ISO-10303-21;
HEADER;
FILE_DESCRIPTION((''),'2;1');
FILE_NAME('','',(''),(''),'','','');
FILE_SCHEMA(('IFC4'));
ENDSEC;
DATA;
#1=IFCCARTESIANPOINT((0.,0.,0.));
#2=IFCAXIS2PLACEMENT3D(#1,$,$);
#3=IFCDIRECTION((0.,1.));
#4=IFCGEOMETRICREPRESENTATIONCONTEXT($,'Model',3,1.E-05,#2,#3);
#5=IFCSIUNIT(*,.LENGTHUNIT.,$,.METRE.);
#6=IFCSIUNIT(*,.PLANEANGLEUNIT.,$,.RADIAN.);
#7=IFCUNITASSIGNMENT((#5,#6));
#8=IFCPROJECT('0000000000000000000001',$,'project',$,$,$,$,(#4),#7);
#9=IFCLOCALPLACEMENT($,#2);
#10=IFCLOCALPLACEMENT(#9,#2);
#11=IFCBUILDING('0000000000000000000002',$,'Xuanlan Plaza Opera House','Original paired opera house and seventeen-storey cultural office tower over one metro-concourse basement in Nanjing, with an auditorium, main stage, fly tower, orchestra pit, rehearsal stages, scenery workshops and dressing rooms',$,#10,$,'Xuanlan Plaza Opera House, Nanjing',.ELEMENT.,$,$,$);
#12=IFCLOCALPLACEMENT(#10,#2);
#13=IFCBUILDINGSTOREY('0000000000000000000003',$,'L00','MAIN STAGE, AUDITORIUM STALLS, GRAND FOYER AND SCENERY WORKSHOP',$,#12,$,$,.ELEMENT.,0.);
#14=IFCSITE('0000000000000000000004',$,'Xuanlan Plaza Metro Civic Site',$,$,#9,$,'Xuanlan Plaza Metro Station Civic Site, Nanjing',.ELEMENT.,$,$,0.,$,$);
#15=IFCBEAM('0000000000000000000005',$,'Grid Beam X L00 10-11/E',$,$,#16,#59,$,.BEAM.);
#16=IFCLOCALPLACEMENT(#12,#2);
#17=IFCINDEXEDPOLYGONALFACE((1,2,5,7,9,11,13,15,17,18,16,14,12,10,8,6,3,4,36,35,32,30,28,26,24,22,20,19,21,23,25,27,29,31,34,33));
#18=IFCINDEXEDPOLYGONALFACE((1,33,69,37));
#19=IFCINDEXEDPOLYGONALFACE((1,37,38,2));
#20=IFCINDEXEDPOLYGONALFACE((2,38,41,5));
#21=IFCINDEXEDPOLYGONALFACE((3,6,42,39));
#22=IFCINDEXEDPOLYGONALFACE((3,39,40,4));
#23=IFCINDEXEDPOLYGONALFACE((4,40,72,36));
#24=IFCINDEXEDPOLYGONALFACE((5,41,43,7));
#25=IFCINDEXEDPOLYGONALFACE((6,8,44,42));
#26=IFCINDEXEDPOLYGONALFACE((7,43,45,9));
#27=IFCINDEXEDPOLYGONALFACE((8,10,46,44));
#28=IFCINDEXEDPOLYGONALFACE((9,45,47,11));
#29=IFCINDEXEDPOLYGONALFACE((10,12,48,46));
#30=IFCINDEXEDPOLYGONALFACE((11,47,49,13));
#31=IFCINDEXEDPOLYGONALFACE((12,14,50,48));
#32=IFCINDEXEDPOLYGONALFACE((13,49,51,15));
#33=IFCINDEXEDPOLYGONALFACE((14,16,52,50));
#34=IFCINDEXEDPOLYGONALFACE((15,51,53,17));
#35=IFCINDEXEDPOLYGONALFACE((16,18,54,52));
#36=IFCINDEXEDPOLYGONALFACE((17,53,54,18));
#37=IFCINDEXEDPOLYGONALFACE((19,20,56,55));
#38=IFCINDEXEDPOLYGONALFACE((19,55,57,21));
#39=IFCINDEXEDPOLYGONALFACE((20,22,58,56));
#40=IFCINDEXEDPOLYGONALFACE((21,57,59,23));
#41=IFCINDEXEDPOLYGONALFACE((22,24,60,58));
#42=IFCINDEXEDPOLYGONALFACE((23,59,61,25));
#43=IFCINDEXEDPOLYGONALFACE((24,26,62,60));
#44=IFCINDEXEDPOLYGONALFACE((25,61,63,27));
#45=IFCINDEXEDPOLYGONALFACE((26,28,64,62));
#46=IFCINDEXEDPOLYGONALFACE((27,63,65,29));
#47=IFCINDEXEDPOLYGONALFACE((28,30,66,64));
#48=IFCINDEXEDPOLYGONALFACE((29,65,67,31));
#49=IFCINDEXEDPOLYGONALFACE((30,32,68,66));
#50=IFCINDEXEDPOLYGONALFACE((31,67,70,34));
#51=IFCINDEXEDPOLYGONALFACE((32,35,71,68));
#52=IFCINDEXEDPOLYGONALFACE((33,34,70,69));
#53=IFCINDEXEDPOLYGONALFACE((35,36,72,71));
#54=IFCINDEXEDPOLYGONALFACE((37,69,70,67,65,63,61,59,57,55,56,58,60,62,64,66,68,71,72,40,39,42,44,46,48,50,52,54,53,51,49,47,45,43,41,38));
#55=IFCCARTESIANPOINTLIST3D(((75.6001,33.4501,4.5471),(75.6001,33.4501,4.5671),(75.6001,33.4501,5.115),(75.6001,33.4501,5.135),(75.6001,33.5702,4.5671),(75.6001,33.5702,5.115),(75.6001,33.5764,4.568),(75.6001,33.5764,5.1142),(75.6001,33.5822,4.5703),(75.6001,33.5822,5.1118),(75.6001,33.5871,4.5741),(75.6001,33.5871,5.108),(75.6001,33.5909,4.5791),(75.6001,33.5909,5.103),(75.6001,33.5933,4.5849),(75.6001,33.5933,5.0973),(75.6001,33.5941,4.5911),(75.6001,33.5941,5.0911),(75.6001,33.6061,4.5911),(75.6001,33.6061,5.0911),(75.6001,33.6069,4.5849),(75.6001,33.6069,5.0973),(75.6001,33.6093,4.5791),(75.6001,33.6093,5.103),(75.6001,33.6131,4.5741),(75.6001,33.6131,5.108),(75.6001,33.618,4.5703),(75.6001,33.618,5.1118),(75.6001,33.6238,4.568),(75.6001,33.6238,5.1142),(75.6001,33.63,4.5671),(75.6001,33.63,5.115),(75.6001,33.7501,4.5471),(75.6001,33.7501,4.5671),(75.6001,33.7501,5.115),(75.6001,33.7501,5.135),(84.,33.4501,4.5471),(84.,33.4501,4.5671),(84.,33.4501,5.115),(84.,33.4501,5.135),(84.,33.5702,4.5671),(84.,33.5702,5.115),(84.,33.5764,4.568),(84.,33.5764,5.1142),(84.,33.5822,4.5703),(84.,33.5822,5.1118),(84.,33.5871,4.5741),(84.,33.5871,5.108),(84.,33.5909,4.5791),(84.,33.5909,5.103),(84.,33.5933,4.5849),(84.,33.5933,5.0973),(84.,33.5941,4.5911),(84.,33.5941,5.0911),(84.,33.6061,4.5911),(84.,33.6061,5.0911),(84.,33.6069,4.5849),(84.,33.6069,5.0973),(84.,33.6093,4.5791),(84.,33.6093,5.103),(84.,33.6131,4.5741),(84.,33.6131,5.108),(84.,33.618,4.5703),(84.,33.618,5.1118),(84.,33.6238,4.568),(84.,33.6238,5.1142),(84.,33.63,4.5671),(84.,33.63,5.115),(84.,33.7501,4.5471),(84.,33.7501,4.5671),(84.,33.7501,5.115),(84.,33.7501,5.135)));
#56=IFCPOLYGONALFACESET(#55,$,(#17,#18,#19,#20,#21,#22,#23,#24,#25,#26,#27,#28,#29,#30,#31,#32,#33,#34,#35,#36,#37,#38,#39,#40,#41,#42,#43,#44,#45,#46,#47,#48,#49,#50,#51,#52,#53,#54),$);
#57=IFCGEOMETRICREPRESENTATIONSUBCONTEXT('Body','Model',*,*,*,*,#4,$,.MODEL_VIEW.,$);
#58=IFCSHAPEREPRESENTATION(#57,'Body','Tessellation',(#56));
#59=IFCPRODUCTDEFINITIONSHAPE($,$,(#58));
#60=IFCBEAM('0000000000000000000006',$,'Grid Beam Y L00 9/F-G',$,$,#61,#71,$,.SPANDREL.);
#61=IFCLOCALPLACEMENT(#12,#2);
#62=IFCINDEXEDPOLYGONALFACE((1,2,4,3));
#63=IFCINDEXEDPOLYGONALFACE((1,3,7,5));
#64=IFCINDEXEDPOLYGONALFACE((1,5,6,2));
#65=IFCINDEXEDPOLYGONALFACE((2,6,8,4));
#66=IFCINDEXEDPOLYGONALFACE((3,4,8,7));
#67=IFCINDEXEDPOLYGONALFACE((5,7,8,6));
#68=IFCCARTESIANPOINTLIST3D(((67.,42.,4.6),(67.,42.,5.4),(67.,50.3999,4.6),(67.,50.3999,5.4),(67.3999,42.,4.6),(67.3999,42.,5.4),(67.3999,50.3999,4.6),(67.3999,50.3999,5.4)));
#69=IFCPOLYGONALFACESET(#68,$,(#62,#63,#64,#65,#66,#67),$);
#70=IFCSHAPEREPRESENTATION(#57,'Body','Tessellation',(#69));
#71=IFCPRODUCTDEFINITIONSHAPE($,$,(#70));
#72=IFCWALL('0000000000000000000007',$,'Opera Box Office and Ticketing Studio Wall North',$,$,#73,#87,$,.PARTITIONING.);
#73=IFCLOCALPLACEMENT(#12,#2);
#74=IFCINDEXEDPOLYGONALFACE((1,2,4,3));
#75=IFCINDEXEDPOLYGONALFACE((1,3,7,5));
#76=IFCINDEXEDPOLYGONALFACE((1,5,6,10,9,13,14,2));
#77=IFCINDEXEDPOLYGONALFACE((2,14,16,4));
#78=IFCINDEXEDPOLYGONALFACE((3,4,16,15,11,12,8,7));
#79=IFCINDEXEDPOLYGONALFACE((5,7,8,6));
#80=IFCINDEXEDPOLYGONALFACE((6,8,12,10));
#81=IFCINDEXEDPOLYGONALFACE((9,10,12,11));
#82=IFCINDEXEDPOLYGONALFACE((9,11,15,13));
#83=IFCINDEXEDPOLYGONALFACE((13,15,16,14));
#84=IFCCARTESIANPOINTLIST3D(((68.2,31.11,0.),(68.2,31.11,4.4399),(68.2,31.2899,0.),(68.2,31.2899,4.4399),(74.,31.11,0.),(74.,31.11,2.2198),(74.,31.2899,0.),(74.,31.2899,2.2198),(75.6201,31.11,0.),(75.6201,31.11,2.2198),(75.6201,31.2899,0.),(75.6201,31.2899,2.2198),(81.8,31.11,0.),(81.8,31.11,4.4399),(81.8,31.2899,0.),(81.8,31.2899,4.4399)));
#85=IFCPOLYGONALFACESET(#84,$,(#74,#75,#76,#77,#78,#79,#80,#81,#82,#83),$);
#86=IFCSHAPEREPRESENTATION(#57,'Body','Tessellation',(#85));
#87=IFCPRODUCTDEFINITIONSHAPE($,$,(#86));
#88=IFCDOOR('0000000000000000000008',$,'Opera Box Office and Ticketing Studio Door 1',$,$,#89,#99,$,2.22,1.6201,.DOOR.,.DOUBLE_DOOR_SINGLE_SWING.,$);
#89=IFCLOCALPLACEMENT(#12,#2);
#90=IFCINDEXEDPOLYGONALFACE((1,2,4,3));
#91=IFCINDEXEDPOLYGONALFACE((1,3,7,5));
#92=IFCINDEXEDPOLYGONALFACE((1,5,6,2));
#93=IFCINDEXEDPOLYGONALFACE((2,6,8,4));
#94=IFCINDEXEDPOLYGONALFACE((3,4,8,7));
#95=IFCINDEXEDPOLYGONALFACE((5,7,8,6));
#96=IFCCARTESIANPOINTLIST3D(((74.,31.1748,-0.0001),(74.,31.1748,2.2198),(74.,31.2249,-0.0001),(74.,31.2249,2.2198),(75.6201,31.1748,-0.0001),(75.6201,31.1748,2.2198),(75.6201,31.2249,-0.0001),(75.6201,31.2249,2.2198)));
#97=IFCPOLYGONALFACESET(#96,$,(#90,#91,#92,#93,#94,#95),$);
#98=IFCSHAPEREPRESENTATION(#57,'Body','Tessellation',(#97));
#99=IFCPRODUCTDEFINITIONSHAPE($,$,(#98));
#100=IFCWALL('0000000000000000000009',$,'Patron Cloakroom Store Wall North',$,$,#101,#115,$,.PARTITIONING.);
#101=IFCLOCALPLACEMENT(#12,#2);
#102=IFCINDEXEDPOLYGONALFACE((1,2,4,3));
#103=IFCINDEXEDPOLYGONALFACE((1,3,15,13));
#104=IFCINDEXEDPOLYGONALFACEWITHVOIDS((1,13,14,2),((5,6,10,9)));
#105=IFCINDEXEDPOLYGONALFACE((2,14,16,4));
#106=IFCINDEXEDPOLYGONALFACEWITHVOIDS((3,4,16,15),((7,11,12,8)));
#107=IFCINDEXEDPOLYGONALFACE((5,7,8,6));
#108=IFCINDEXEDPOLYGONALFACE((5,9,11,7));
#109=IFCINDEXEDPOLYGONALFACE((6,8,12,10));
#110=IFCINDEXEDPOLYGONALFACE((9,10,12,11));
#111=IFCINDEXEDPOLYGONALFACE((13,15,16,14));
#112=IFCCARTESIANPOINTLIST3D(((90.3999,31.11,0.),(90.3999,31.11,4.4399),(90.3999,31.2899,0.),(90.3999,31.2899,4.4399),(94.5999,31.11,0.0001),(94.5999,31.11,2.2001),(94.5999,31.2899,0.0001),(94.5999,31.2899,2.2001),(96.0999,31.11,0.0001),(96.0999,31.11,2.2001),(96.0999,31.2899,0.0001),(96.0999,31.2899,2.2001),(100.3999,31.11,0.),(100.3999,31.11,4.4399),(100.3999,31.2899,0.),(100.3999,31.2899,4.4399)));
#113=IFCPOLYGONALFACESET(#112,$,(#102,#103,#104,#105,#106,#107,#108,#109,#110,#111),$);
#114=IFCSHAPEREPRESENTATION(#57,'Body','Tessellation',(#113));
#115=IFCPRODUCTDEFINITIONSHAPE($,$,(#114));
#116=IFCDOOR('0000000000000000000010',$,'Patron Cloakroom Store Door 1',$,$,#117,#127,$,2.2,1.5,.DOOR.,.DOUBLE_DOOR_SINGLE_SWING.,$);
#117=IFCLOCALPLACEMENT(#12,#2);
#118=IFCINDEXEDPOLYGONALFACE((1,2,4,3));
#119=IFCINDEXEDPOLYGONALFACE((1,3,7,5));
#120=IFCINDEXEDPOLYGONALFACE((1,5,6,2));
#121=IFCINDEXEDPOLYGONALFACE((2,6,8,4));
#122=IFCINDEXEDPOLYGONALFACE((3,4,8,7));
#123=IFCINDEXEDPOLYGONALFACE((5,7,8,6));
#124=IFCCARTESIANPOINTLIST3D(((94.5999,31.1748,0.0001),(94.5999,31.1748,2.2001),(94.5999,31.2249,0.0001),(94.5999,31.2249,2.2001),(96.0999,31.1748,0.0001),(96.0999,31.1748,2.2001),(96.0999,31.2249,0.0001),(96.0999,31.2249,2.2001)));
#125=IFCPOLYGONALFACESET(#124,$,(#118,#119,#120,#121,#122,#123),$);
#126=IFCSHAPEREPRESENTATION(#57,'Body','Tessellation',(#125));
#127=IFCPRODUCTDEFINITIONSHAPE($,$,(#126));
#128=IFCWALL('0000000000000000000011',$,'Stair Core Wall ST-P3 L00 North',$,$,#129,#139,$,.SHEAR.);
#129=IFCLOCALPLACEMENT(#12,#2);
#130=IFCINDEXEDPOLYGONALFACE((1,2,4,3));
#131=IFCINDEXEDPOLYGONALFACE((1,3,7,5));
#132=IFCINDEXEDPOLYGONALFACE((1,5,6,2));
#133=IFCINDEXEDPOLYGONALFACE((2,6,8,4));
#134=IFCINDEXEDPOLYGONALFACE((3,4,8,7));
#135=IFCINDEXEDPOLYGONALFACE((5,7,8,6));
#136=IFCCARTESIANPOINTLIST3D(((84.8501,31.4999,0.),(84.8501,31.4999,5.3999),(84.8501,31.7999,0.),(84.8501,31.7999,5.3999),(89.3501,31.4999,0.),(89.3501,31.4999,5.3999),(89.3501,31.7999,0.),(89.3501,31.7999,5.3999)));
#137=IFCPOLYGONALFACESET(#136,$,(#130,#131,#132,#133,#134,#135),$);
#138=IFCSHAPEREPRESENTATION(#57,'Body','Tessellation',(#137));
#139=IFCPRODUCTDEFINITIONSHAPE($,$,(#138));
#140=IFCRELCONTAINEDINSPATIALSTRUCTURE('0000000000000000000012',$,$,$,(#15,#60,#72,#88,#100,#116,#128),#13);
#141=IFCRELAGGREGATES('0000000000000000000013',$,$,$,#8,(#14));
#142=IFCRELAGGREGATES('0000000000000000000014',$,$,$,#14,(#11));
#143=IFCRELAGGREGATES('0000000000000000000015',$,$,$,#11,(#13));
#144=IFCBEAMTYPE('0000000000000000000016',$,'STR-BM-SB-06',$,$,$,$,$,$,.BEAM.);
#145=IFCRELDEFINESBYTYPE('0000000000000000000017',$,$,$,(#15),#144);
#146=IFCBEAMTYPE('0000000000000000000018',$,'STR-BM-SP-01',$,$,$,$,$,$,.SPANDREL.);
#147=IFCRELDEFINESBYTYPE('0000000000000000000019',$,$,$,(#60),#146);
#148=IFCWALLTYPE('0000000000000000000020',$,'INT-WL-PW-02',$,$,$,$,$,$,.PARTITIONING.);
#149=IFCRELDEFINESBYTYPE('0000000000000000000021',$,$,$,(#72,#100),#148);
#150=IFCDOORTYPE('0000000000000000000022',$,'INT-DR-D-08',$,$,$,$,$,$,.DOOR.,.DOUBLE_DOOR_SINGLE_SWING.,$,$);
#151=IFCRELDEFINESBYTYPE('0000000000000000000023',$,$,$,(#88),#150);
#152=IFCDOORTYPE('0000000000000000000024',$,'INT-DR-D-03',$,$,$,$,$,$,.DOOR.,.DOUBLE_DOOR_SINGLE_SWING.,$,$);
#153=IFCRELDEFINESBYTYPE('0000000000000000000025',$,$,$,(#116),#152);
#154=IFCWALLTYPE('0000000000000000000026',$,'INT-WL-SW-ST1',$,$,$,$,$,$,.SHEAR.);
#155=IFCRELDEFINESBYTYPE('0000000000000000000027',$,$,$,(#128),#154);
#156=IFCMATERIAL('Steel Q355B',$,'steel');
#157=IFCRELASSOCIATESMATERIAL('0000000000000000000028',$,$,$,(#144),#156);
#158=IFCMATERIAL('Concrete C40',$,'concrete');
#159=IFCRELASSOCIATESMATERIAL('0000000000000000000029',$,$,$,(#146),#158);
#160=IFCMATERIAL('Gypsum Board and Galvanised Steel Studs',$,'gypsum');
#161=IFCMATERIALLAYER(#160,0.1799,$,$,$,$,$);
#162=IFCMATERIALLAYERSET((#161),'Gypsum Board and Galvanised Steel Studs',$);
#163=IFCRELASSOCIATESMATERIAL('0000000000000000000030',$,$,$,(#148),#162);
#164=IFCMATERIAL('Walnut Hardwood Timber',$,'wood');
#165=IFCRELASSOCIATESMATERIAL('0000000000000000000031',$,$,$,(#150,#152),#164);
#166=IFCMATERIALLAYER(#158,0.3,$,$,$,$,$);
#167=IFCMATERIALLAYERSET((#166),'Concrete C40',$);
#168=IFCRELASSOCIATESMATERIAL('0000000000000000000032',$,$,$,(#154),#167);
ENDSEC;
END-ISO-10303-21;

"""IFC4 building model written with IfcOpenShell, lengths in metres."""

from ifc_helpers import new_model, si_unit, direction, frame, frame_2d, origin, origin_2d, place, context, subcontext, project, spatial, rectangle, i_section, extrude, material, layer, layer_set, material_profile, profile_set, type_object, element, fill, save


model = new_model("IFC4")

# Units and contexts
model_context = context("Model", 3, precision=1e-05, world=origin(), true_north=direction((0.0, 1.0)))
body_context = subcontext(model_context, "Body", "Model", "MODEL_VIEW")
ifc_project = project(units=[si_unit("LENGTHUNIT", "METRE"), si_unit("PLANEANGLEUNIT", "RADIAN")], contexts=[model_context])

# Site, building, storey
site_placement = place(None, origin())
site = spatial("IfcSite", under=ifc_project, at=site_placement, Name="Xuanlan Plaza Metro Civic Site", LongName="Xuanlan Plaza Metro Station Civic Site, Nanjing", CompositionType="ELEMENT", RefElevation=0.0)
building_placement = place(site_placement, origin())
building = spatial("IfcBuilding", under=site, at=building_placement, Name="Xuanlan Plaza Opera House", Description="Original paired opera house and seventeen-storey cultural office tower over one metro-concourse basement in Nanjing, with an auditorium, main stage, fly tower, orchestra pit, rehearsal stages, scenery workshops and dressing rooms", LongName="Xuanlan Plaza Opera House, Nanjing", CompositionType="ELEMENT")
storey_placement = place(building_placement, origin())
storey = spatial("IfcBuildingStorey", under=building, at=storey_placement, Name="L00", Description="MAIN STAGE, AUDITORIUM STALLS, GRAND FOYER AND SCENERY WORKSHOP", CompositionType="ELEMENT", Elevation=0.0)

# Shared definitions
ifc_material_1 = material(Name="Concrete C40", Category="concrete")

# Beams
ifc_material_2 = material(Name="Steel Q355B", Category="steel")
ifc_material_profile_1 = material_profile(ifc_material_2, i_section(OverallWidth=0.3, OverallDepth=0.5879, WebThickness=0.012, FlangeThickness=0.02, FilletRadius=0.0239, at=origin_2d()), Name="HM 588x300x12x20")
ifc_profile_set_1 = profile_set([ifc_material_profile_1], Name="Steel Q355B")
beam_type_1 = type_object("IfcBeamType", Name="STR-BM-SB-06", PredefinedType="BEAM", material=ifc_profile_set_1)
beam_1_placement = place(storey_placement, frame((75.6001, 33.6001, 4.8411), z_axis=(1.0, 0.0, 0.0), x_axis=(0.0, 1.0, 0.0)))
element("IfcBeam", 1, at=beam_1_placement, inside=storey, type_object=beam_type_1, Name="Grid Beam X L00 10-11/E", PredefinedType="BEAM", context=body_context, shape_type="SweptSolid", body=[
    extrude(i_section(OverallWidth=0.3, OverallDepth=0.5879, WebThickness=0.012, FlangeThickness=0.02, FilletRadius=0.0239, at=origin_2d()), origin(), (0.0, 0.0, 1.0), 8.3999),
])
ifc_material_profile_2 = material_profile(ifc_material_1, rectangle(XDim=0.3999, YDim=0.8, at=origin_2d()), Name="RC-SPD 400x800")
ifc_profile_set_2 = profile_set([ifc_material_profile_2], Name="Concrete C40")
beam_type_2 = type_object("IfcBeamType", Name="STR-BM-SP-01", PredefinedType="SPANDREL", material=ifc_profile_set_2)
beam_2_placement = place(storey_placement, frame((67.2, 42.0, 5.0), z_axis=(0.0, 1.0, 0.0), x_axis=(-1.0, 0.0, 0.0)))
element("IfcBeam", 2, at=beam_2_placement, inside=storey, type_object=beam_type_2, Name="Grid Beam Y L00 9/F-G", PredefinedType="SPANDREL", context=body_context, shape_type="SweptSolid", body=[
    extrude(rectangle(XDim=0.3999, YDim=0.8, at=origin_2d()), origin(), (0.0, 0.0, 1.0), 8.3999),
])

# Walls, openings, doors
ifc_material_3 = material(Name="Gypsum Board and Galvanised Steel Studs", Category="gypsum")
ifc_layer_1 = layer(ifc_material_3, 0.1799)
ifc_layer_set_1 = layer_set([ifc_layer_1], Name="Gypsum Board and Galvanised Steel Studs")
wall_type_1 = type_object("IfcWallType", Name="INT-WL-PW-02", PredefinedType="PARTITIONING", material=ifc_layer_set_1)
wall_1_placement = place(storey_placement, frame((68.2, 31.2, 0.0), z_axis=(0.0, 0.0, 1.0), x_axis=(1.0, 0.0, 0.0)))
wall_1 = element("IfcWall", 3, at=wall_1_placement, inside=storey, type_object=wall_type_1, Name="Opera Box Office and Ticketing Studio Wall North", PredefinedType="PARTITIONING", context=body_context, shape_type="SweptSolid", body=[
    extrude(rectangle(XDim=13.6001, YDim=0.1799, at=frame_2d((6.8, 0.0))), origin(), (0.0, 0.0, 1.0), 4.4399),
])
opening_1_placement = place(wall_1_placement, frame((5.8, 0.0, 0.0)))
opening_1 = element("IfcOpeningElement", 4, at=opening_1_placement, cuts=wall_1, PredefinedType="OPENING", context=body_context, shape_type="SweptSolid", body=[
    extrude(rectangle(XDim=1.6201, YDim=2.22, at=frame_2d((0.8101, 1.1099))), frame((0.0, 0.0999, 0.0), z_axis=(0.0, -1.0, 0.0), x_axis=(1.0, 0.0, 0.0)), (0.0, 0.0, 1.0), 0.2),
])
ifc_material_4 = material(Name="Walnut Hardwood Timber", Category="wood")
door_type_1 = type_object("IfcDoorType", Name="INT-DR-D-08", OperationType="DOUBLE_DOOR_SINGLE_SWING", PredefinedType="DOOR", material=ifc_material_4)
door_1_placement = place(opening_1_placement, origin())
door_1 = element("IfcDoor", 5, at=door_1_placement, inside=storey, type_object=door_type_1, Name="Opera Box Office and Ticketing Studio Door 1", OperationType="DOUBLE_DOOR_SINGLE_SWING", OverallHeight=2.22, OverallWidth=1.6201, PredefinedType="DOOR", context=body_context, shape_type="SweptSolid", body=[
    extrude(rectangle(XDim=1.6201, YDim=2.22, at=frame_2d((0.8101, 1.1099))), frame((0.0, 0.0249, 0.0), z_axis=(0.0, -1.0, 0.0), x_axis=(1.0, 0.0, 0.0)), (0.0, 0.0, 1.0), 0.05),
])
fill(opening_1, door_1)
wall_2_placement = place(storey_placement, frame((90.3999, 31.2, 0.0), z_axis=(0.0, 0.0, 1.0), x_axis=(1.0, 0.0, 0.0)))
wall_2 = element("IfcWall", 6, at=wall_2_placement, inside=storey, type_object=wall_type_1, Name="Patron Cloakroom Store Wall North", PredefinedType="PARTITIONING", context=body_context, shape_type="SweptSolid", body=[
    extrude(rectangle(XDim=10.0, YDim=0.1799, at=frame_2d((5.0, 0.0))), origin(), (0.0, 0.0, 1.0), 4.4399),
])
opening_2_placement = place(wall_2_placement, frame((4.2, 0.0, 0.0)))
opening_2 = element("IfcOpeningElement", 7, at=opening_2_placement, cuts=wall_2, PredefinedType="OPENING", context=body_context, shape_type="SweptSolid", body=[
    extrude(rectangle(XDim=1.5, YDim=2.2, at=frame_2d((0.75, 1.1001))), frame((0.0, 0.0999, 0.0), z_axis=(0.0, -1.0, 0.0), x_axis=(1.0, 0.0, 0.0)), (0.0, 0.0, 1.0), 0.2),
])
door_type_2 = type_object("IfcDoorType", Name="INT-DR-D-03", OperationType="DOUBLE_DOOR_SINGLE_SWING", PredefinedType="DOOR", material=ifc_material_4)
door_2_placement = place(opening_2_placement, origin())
door_2 = element("IfcDoor", 8, at=door_2_placement, inside=storey, type_object=door_type_2, Name="Patron Cloakroom Store Door 1", OperationType="DOUBLE_DOOR_SINGLE_SWING", OverallHeight=2.2, OverallWidth=1.5, PredefinedType="DOOR", context=body_context, shape_type="SweptSolid", body=[
    extrude(rectangle(XDim=1.5, YDim=2.2, at=frame_2d((0.75, 1.1001))), frame((0.0, 0.0249, 0.0), z_axis=(0.0, -1.0, 0.0), x_axis=(1.0, 0.0, 0.0)), (0.0, 0.0, 1.0), 0.05),
])
fill(opening_2, door_2)

# Wall
ifc_layer_2 = layer(ifc_material_1, 0.3)
ifc_layer_set_2 = layer_set([ifc_layer_2], Name="Concrete C40")
wall_type_2 = type_object("IfcWallType", Name="INT-WL-SW-ST1", PredefinedType="SHEAR", material=ifc_layer_set_2)
wall_3_placement = place(storey_placement, frame((84.8501, 31.6499, 0.0), z_axis=(0.0, 0.0, 1.0), x_axis=(1.0, 0.0, 0.0)))
element("IfcWall", 9, at=wall_3_placement, inside=storey, type_object=wall_type_2, Name="Stair Core Wall ST-P3 L00 North", PredefinedType="SHEAR", context=body_context, shape_type="SweptSolid", body=[
    extrude(rectangle(XDim=4.5, YDim=0.3, at=frame_2d((2.25, 0.0))), origin(), (0.0, 0.0, 1.0), 5.3999),
])

save(model, "model.ifc")
